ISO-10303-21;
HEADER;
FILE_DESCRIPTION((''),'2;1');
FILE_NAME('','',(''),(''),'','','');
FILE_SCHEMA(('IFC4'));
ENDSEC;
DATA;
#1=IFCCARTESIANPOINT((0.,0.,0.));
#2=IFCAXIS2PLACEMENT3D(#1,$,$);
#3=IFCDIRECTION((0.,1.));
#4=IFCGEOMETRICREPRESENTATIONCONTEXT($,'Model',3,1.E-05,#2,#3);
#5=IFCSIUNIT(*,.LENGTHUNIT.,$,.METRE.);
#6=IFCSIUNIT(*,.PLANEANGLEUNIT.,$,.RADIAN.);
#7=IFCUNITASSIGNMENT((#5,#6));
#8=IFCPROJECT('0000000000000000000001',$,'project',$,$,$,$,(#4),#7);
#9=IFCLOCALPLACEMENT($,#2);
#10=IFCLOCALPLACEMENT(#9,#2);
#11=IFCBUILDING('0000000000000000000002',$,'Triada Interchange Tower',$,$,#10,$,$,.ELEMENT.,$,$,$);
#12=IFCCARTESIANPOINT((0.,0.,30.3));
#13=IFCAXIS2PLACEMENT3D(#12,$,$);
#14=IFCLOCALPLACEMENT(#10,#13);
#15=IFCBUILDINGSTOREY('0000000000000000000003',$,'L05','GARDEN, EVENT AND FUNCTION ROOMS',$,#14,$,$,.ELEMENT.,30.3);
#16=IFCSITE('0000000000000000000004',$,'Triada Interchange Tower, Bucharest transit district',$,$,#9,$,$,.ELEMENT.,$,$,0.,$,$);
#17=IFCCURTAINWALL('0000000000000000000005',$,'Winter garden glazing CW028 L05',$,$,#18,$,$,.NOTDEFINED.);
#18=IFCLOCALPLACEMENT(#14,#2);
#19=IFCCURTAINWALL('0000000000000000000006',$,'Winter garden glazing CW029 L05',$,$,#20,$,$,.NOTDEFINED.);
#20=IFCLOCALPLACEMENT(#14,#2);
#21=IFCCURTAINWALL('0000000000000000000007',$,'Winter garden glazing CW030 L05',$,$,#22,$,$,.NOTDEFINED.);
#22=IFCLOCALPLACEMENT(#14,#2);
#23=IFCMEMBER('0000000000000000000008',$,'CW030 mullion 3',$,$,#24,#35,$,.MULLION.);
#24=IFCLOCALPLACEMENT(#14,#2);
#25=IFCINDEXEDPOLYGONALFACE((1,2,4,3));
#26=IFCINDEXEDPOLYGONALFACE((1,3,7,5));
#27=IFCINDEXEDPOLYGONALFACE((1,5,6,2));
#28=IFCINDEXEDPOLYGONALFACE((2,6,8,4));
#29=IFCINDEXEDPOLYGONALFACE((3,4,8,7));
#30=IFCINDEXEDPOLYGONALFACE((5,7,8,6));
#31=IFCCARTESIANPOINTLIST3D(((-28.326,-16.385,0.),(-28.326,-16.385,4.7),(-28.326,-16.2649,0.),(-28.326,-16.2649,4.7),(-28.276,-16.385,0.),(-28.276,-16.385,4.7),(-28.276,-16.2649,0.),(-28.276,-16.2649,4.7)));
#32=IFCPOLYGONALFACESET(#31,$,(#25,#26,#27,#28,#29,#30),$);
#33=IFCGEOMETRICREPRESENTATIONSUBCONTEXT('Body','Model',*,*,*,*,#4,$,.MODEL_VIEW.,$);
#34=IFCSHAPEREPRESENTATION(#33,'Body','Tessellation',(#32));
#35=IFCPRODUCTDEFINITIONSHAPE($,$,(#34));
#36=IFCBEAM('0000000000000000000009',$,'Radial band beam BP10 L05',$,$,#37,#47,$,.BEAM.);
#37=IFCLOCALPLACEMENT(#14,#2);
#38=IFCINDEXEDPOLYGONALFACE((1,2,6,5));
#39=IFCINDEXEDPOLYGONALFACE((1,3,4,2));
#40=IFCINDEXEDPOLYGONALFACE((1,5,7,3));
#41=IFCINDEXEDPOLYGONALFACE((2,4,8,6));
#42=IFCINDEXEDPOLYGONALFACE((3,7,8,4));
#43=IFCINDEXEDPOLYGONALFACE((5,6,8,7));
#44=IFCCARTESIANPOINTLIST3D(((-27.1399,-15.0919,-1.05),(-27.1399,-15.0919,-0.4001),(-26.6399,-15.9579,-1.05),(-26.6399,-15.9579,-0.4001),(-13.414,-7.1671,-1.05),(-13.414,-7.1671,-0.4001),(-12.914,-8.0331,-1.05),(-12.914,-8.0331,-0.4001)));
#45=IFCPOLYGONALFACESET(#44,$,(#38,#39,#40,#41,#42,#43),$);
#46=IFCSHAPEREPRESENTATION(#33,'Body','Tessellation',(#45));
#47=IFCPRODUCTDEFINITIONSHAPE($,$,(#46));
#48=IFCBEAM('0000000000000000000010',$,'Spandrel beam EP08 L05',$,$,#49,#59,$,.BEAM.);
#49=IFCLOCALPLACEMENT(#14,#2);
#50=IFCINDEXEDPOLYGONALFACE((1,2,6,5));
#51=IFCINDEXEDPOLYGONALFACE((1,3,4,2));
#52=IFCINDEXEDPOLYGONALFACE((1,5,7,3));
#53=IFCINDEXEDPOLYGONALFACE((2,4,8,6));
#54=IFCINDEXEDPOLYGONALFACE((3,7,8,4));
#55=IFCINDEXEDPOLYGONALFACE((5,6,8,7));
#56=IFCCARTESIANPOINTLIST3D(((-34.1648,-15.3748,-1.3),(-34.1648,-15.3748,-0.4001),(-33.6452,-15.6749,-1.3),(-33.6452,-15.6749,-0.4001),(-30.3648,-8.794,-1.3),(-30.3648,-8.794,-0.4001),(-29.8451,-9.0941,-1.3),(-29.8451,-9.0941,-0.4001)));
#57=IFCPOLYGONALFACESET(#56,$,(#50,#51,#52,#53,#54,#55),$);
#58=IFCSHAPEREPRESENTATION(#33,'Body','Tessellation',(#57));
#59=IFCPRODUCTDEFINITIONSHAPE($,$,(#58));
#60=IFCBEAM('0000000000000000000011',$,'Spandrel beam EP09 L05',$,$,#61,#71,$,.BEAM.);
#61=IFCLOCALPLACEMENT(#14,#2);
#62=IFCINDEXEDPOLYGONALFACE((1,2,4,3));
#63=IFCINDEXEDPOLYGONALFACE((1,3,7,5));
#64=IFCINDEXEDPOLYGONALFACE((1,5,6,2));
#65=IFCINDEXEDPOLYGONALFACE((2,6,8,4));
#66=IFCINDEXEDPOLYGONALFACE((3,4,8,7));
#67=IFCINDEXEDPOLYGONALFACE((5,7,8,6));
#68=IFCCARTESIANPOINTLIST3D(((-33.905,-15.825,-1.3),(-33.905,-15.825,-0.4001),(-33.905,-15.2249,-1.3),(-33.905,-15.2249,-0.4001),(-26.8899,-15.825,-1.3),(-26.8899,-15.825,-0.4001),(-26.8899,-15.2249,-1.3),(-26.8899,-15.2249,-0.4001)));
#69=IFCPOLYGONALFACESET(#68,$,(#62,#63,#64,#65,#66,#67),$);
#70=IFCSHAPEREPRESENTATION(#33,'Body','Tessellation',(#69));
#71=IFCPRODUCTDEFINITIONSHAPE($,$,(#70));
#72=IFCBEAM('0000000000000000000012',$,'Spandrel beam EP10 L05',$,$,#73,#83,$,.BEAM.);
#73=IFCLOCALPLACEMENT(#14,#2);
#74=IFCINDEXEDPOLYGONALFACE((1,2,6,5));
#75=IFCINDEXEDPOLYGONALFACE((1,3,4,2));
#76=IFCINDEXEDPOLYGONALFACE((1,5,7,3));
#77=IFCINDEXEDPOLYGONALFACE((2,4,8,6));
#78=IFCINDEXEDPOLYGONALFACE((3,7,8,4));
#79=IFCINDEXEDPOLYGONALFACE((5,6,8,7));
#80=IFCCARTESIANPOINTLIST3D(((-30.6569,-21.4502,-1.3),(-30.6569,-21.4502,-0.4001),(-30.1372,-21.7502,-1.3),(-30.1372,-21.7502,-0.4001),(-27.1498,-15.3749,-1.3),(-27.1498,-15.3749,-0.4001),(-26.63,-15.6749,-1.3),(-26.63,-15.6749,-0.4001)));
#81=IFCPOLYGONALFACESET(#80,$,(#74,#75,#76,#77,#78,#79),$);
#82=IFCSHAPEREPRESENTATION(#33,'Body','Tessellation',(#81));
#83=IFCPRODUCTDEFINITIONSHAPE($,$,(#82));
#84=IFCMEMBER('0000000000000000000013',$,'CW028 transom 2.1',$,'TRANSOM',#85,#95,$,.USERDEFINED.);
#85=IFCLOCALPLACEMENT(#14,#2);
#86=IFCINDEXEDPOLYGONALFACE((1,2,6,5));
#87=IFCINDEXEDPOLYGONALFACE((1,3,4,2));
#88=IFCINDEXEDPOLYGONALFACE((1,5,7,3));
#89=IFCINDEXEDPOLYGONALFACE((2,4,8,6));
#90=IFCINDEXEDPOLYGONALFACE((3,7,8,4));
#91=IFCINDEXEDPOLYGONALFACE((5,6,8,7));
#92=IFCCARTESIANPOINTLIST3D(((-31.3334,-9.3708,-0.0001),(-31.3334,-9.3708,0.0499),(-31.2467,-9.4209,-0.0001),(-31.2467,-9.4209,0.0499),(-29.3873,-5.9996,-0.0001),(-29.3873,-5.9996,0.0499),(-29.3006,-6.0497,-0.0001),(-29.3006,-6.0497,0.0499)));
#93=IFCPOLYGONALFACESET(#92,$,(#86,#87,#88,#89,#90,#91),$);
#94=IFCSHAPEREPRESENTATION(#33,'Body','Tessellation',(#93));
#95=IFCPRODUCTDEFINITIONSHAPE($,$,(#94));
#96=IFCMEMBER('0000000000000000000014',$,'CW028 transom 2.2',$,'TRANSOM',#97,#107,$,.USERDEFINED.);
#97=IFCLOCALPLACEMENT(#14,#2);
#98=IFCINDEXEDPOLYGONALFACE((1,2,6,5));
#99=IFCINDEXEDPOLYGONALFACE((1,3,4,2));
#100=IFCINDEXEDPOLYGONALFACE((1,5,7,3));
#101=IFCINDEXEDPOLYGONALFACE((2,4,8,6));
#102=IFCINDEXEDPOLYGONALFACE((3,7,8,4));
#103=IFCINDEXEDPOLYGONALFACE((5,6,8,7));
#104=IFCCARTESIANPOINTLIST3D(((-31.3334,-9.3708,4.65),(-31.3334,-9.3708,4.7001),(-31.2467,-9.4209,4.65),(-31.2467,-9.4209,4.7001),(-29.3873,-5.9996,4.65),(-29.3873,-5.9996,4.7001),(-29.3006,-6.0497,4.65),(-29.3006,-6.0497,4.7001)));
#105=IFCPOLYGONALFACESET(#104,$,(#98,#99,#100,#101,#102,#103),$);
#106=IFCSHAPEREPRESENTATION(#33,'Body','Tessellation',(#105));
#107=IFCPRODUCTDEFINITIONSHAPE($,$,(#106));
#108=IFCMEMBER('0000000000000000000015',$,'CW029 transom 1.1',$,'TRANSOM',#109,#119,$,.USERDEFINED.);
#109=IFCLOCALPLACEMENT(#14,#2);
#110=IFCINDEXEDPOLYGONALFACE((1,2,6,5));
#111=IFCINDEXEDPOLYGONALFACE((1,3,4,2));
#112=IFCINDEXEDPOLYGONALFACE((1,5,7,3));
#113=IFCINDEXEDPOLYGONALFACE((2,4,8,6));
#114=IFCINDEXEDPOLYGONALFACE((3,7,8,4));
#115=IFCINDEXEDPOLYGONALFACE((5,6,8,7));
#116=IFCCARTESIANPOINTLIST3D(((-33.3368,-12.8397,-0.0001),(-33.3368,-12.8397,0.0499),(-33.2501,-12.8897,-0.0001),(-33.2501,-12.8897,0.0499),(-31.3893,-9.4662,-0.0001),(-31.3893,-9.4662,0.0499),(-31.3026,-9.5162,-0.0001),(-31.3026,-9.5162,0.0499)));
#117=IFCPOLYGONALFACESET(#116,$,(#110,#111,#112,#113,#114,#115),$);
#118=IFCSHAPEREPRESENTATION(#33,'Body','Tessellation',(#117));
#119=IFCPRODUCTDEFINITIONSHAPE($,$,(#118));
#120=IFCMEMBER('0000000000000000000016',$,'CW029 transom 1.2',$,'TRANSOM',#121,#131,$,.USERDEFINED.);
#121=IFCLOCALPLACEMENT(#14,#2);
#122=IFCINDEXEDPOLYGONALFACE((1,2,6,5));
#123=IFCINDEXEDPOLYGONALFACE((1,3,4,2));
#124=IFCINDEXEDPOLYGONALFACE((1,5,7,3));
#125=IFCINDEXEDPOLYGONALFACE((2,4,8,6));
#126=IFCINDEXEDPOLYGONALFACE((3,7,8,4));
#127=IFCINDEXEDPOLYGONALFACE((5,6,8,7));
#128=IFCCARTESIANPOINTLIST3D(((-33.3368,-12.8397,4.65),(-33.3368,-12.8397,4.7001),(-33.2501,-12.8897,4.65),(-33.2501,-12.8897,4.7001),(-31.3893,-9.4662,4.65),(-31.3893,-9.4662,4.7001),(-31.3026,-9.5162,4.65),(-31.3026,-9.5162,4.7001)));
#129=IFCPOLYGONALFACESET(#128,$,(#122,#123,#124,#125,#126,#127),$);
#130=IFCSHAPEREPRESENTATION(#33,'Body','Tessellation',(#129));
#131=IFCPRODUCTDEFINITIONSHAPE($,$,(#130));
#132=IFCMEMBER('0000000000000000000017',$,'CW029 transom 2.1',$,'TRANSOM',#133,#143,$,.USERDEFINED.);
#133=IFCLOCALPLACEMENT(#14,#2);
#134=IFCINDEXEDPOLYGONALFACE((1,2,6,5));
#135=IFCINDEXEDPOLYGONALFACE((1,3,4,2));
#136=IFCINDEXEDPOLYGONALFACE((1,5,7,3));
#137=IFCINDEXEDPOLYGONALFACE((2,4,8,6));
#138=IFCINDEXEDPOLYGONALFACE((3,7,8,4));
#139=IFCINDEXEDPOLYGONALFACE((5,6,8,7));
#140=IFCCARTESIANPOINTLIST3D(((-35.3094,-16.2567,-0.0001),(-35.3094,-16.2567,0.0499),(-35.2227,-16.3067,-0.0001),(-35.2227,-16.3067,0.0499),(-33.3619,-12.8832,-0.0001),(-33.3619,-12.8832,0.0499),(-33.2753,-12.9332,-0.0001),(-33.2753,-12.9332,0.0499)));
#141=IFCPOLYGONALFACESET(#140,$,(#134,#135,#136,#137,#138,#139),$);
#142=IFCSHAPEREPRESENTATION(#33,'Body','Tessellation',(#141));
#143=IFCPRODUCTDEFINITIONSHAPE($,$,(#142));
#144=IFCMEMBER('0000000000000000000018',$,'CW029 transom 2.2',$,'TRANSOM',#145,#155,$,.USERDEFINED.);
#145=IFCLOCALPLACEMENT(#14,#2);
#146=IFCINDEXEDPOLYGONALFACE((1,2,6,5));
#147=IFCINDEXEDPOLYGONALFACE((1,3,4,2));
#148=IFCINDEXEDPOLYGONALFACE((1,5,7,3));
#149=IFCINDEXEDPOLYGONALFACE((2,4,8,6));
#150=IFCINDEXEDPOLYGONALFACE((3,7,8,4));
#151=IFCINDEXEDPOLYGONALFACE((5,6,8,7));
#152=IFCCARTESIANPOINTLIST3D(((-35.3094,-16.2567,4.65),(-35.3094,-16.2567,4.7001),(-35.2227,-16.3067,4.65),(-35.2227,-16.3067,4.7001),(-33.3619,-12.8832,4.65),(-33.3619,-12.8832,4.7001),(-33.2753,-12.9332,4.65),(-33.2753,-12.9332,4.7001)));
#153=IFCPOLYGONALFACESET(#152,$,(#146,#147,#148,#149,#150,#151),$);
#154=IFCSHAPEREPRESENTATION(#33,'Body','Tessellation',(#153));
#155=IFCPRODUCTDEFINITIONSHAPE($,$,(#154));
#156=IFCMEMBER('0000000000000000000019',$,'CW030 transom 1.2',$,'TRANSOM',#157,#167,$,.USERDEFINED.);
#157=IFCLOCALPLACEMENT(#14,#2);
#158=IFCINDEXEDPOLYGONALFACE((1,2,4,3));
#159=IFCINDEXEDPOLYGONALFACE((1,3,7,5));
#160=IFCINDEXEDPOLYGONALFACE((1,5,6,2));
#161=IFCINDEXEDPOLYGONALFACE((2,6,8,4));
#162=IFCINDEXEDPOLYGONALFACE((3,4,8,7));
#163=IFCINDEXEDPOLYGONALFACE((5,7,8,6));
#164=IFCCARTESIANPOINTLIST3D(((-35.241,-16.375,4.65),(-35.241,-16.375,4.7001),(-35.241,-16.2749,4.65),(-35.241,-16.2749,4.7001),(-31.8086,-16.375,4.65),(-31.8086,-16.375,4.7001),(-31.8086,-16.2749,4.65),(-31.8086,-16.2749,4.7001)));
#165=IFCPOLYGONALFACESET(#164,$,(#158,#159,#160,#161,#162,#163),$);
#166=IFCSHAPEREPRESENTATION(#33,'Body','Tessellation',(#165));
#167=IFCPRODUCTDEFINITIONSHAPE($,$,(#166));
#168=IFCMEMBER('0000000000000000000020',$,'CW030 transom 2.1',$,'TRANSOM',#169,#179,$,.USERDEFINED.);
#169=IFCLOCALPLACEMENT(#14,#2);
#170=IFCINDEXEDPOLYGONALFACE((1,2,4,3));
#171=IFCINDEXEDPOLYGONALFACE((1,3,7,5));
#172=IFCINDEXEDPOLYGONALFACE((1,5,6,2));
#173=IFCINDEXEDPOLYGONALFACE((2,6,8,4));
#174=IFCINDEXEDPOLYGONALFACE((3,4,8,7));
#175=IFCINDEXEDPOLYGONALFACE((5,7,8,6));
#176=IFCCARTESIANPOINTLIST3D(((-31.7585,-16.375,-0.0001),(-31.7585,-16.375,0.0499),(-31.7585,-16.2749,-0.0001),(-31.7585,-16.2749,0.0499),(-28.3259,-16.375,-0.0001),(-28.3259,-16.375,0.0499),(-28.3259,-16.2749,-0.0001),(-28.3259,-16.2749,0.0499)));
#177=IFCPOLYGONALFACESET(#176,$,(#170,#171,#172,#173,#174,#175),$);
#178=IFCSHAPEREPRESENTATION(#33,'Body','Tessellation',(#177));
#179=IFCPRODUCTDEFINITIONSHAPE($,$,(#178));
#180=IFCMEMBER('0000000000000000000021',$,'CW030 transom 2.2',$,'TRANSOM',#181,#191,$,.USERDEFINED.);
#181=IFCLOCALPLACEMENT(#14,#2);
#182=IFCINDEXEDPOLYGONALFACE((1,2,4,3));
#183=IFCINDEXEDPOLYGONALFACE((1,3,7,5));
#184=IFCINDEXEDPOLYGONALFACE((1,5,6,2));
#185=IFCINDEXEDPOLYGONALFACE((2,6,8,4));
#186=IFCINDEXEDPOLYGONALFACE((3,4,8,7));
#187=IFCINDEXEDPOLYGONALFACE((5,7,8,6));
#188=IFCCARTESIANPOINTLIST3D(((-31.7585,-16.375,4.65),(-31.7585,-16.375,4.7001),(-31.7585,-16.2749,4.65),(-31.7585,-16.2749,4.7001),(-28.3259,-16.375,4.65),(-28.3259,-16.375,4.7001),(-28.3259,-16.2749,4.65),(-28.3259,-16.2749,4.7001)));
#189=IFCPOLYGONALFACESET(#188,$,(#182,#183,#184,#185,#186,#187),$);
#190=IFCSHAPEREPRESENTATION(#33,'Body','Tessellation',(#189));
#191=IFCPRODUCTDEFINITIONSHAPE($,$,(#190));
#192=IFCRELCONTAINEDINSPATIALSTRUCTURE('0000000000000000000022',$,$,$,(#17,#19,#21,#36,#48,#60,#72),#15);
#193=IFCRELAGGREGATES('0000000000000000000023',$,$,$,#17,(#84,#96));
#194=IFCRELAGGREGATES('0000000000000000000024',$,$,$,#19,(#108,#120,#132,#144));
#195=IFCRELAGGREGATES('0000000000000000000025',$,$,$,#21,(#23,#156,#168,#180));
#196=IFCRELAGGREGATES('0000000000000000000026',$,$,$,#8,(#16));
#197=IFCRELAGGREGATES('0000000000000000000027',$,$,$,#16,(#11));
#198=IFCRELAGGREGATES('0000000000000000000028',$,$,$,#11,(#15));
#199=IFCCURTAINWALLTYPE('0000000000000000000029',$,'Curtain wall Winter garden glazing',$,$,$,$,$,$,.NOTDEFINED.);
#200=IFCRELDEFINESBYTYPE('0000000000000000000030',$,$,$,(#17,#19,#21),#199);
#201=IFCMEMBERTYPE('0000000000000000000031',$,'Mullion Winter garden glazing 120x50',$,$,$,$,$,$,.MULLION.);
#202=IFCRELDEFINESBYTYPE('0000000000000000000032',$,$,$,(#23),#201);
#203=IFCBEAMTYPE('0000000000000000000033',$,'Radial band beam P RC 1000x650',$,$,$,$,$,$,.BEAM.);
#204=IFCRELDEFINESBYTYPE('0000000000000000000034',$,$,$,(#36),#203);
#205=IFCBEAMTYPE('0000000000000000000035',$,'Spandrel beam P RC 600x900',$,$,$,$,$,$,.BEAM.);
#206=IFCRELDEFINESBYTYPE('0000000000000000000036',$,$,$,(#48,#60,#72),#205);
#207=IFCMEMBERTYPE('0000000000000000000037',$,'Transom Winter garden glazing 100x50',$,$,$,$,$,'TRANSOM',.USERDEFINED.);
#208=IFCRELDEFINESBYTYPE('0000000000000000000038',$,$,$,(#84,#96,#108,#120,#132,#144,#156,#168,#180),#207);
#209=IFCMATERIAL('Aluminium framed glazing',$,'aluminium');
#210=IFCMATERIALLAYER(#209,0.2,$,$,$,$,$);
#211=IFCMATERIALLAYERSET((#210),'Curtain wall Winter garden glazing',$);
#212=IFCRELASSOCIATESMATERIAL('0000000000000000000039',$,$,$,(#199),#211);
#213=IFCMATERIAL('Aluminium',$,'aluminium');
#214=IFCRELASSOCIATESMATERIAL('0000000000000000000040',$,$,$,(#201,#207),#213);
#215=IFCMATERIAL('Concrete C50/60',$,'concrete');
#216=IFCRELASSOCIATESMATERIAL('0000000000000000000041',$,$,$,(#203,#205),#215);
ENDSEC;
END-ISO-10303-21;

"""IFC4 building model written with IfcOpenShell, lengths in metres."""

from ifc_helpers import new_model, si_unit, direction, frame, origin, origin_2d, place, context, subcontext, project, spatial, rectangle, extrude, material, layer, layer_set, material_profile, profile_set, type_object, element, aggregate, save


model = new_model("IFC4")

# Units and contexts
model_context = context("Model", 3, precision=1e-05, world=origin(), true_north=direction((0.0, 1.0)))
body_context = subcontext(model_context, "Body", "Model", "MODEL_VIEW")
ifc_project = project(units=[si_unit("LENGTHUNIT", "METRE"), si_unit("PLANEANGLEUNIT", "RADIAN")], contexts=[model_context])

# Site, building, storey
site_placement = place(None, origin())
site = spatial("IfcSite", under=ifc_project, at=site_placement, Name="Triada Interchange Tower, Bucharest transit district", CompositionType="ELEMENT", RefElevation=0.0)
building_placement = place(site_placement, origin())
building = spatial("IfcBuilding", under=site, at=building_placement, Name="Triada Interchange Tower", CompositionType="ELEMENT")
storey_placement = place(building_placement, frame((0.0, 0.0, 30.3)))
storey = spatial("IfcBuildingStorey", under=building, at=storey_placement, Name="L05", Description="GARDEN, EVENT AND FUNCTION ROOMS", CompositionType="ELEMENT", Elevation=30.3)

# Curtain walls, member
ifc_material_1 = material(Name="Aluminium framed glazing", Category="aluminium")
ifc_layer_1 = layer(ifc_material_1, 0.2)
ifc_layer_set_1 = layer_set([ifc_layer_1], Name="Curtain wall Winter garden glazing")
curtain_wall_type = type_object("IfcCurtainWallType", Name="Curtain wall Winter garden glazing", PredefinedType="NOTDEFINED", material=ifc_layer_set_1)
curtain_wall_1_placement = place(storey_placement, origin())
curtain_wall_1 = element("IfcCurtainWall", 1, at=curtain_wall_1_placement, inside=storey, type_object=curtain_wall_type, Name="Winter garden glazing CW028 L05", PredefinedType="NOTDEFINED")
ifc_material_2 = material(Name="Aluminium", Category="aluminium")
ifc_material_profile_1 = material_profile(ifc_material_2, rectangle(XDim=0.1201, YDim=0.05, at=origin_2d()), Name="Aluminium mullion")
ifc_profile_set_1 = profile_set([ifc_material_profile_1], Name="Aluminium")
member_type_1 = type_object("IfcMemberType", Name="Mullion Winter garden glazing 120x50", PredefinedType="MULLION", material=ifc_profile_set_1)
curtain_wall_2_placement = place(storey_placement, origin())
curtain_wall_2 = element("IfcCurtainWall", 2, at=curtain_wall_2_placement, inside=storey, type_object=curtain_wall_type, Name="Winter garden glazing CW029 L05", PredefinedType="NOTDEFINED")
curtain_wall_3_placement = place(storey_placement, origin())
curtain_wall_3 = element("IfcCurtainWall", 3, at=curtain_wall_3_placement, inside=storey, type_object=curtain_wall_type, Name="Winter garden glazing CW030 L05", PredefinedType="NOTDEFINED")
member_1_placement = place(storey_placement, frame((-28.301, -16.325, 0.0), z_axis=(0.0, 0.0, 1.0), x_axis=(0.0, 1.0, 0.0)))
member_1 = element("IfcMember", 4, at=member_1_placement, type_object=member_type_1, Name="CW030 mullion 3", PredefinedType="MULLION", context=body_context, shape_type="SweptSolid", body=[
    extrude(rectangle(XDim=0.1201, YDim=0.05, at=origin_2d()), origin(), (0.0, 0.0, 1.0), 4.7),
])

# Beams
ifc_material_3 = material(Name="Concrete C50/60", Category="concrete")
ifc_material_profile_2 = material_profile(ifc_material_3, rectangle(XDim=1.0, YDim=0.6499, at=origin_2d()), Name="RC 1000x650")
ifc_profile_set_2 = profile_set([ifc_material_profile_2], Name="Concrete C50/60")
beam_type_1 = type_object("IfcBeamType", Name="Radial band beam P RC 1000x650", PredefinedType="BEAM", material=ifc_profile_set_2)
beam_1_placement = place(storey_placement, frame((-26.8899, -15.5249, -0.7251), z_axis=(0.86602, 0.500009, 0.0), x_axis=(-0.500009, 0.86602, 0.0)))
element("IfcBeam", 5, at=beam_1_placement, inside=storey, type_object=beam_type_1, Name="Radial band beam BP10 L05", PredefinedType="BEAM", context=body_context, shape_type="SweptSolid", body=[
    extrude(rectangle(XDim=1.0, YDim=0.6499, at=origin_2d()), origin(), (0.0, 0.0, 1.0), 15.8494),
])
ifc_material_profile_3 = material_profile(ifc_material_3, rectangle(XDim=0.6001, YDim=0.8999, at=origin_2d()), Name="RC 600x900")
ifc_profile_set_3 = profile_set([ifc_material_profile_3], Name="Concrete C50/60")
beam_type_2 = type_object("IfcBeamType", Name="Spandrel beam P RC 600x900", PredefinedType="BEAM", material=ifc_profile_set_3)
beam_2_placement = place(storey_placement, frame((-30.105, -8.9441, -0.8501), z_axis=(-0.500061, -0.86599, 0.0), x_axis=(0.86599, -0.500061, 0.0)))
element("IfcBeam", 6, at=beam_2_placement, inside=storey, type_object=beam_type_2, Name="Spandrel beam EP08 L05", PredefinedType="BEAM", context=body_context, shape_type="SweptSolid", body=[
    extrude(rectangle(XDim=0.6001, YDim=0.8999, at=origin_2d()), origin(), (0.0, 0.0, 1.0), 7.5991),
])
beam_3_placement = place(storey_placement, frame((-33.905, -15.5249, -0.8501), z_axis=(1.0, 0.0, 0.0), x_axis=(0.0, 1.0, 0.0)))
element("IfcBeam", 7, at=beam_3_placement, inside=storey, type_object=beam_type_2, Name="Spandrel beam EP09 L05", PredefinedType="BEAM", context=body_context, shape_type="SweptSolid", body=[
    extrude(rectangle(XDim=0.6001, YDim=0.8999, at=origin_2d()), origin(), (0.0, 0.0, 1.0), 7.0151),
])
beam_4_placement = place(storey_placement, frame((-26.8899, -15.5249, -0.8501), z_axis=(-0.499953, -0.866052, 0.0), x_axis=(0.866052, -0.499953, 0.0)))
element("IfcBeam", 8, at=beam_4_placement, inside=storey, type_object=beam_type_2, Name="Spandrel beam EP10 L05", PredefinedType="BEAM", context=body_context, shape_type="SweptSolid", body=[
    extrude(rectangle(XDim=0.6001, YDim=0.8999, at=origin_2d()), origin(), (0.0, 0.0, 1.0), 7.0149),
])

# Members
ifc_material_profile_4 = material_profile(ifc_material_2, rectangle(XDim=0.1001, YDim=0.05, at=origin_2d()), Name="Aluminium transom")
ifc_profile_set_4 = profile_set([ifc_material_profile_4], Name="Aluminium")
member_type_2 = type_object("IfcMemberType", Name="Transom Winter garden glazing 100x50", ElementType="TRANSOM", PredefinedType="USERDEFINED", material=ifc_profile_set_4)
member_2_placement = place(storey_placement, frame((-29.344, -6.0247, 0.0249), z_axis=(-0.49995, -0.866054, 0.0), x_axis=(0.866054, -0.49995, 0.0)))
member_2 = element("IfcMember", 9, at=member_2_placement, type_object=member_type_2, Name="CW028 transom 2.1", ObjectType="TRANSOM", PredefinedType="USERDEFINED", context=body_context, shape_type="SweptSolid", body=[
    extrude(rectangle(XDim=0.1001, YDim=0.05, at=origin_2d()), origin(), (0.0, 0.0, 1.0), 3.8926),
])
member_3_placement = place(storey_placement, frame((-29.344, -6.0247, 4.675), z_axis=(-0.49995, -0.866054, 0.0), x_axis=(0.866054, -0.49995, 0.0)))
member_3 = element("IfcMember", 10, at=member_3_placement, type_object=member_type_2, Name="CW028 transom 2.2", ObjectType="TRANSOM", PredefinedType="USERDEFINED", context=body_context, shape_type="SweptSolid", body=[
    extrude(rectangle(XDim=0.1001, YDim=0.05, at=origin_2d()), origin(), (0.0, 0.0, 1.0), 3.8926),
])
member_4_placement = place(storey_placement, frame((-31.3459, -9.4912, 0.0249), z_axis=(-0.499961, -0.866048, 0.0), x_axis=(0.866048, -0.499961, 0.0)))
member_4 = element("IfcMember", 11, at=member_4_placement, type_object=member_type_2, Name="CW029 transom 1.1", ObjectType="TRANSOM", PredefinedType="USERDEFINED", context=body_context, shape_type="SweptSolid", body=[
    extrude(rectangle(XDim=0.1001, YDim=0.05, at=origin_2d()), origin(), (0.0, 0.0, 1.0), 3.8953),
])
member_5_placement = place(storey_placement, frame((-31.3459, -9.4912, 4.675), z_axis=(-0.499961, -0.866048, 0.0), x_axis=(0.866048, -0.499961, 0.0)))
member_5 = element("IfcMember", 12, at=member_5_placement, type_object=member_type_2, Name="CW029 transom 1.2", ObjectType="TRANSOM", PredefinedType="USERDEFINED", context=body_context, shape_type="SweptSolid", body=[
    extrude(rectangle(XDim=0.1001, YDim=0.05, at=origin_2d()), origin(), (0.0, 0.0, 1.0), 3.8953),
])
member_6_placement = place(storey_placement, frame((-33.3186, -12.9082, 0.0249), z_axis=(-0.499961, -0.866048, 0.0), x_axis=(0.866048, -0.499961, 0.0)))
member_6 = element("IfcMember", 13, at=member_6_placement, type_object=member_type_2, Name="CW029 transom 2.1", ObjectType="TRANSOM", PredefinedType="USERDEFINED", context=body_context, shape_type="SweptSolid", body=[
    extrude(rectangle(XDim=0.1001, YDim=0.05, at=origin_2d()), origin(), (0.0, 0.0, 1.0), 3.8953),
])
member_7_placement = place(storey_placement, frame((-33.3186, -12.9082, 4.675), z_axis=(-0.499961, -0.866048, 0.0), x_axis=(0.866048, -0.499961, 0.0)))
member_7 = element("IfcMember", 14, at=member_7_placement, type_object=member_type_2, Name="CW029 transom 2.2", ObjectType="TRANSOM", PredefinedType="USERDEFINED", context=body_context, shape_type="SweptSolid", body=[
    extrude(rectangle(XDim=0.1001, YDim=0.05, at=origin_2d()), origin(), (0.0, 0.0, 1.0), 3.8953),
])
member_8_placement = place(storey_placement, frame((-35.241, -16.325, 4.675), z_axis=(1.0, 0.0, 0.0), x_axis=(0.0, 1.0, 0.0)))
member_8 = element("IfcMember", 15, at=member_8_placement, type_object=member_type_2, Name="CW030 transom 1.2", ObjectType="TRANSOM", PredefinedType="USERDEFINED", context=body_context, shape_type="SweptSolid", body=[
    extrude(rectangle(XDim=0.1001, YDim=0.05, at=origin_2d()), origin(), (0.0, 0.0, 1.0), 3.4324),
])
member_9_placement = place(storey_placement, frame((-31.7585, -16.325, 0.0249), z_axis=(1.0, 0.0, 0.0), x_axis=(0.0, 1.0, 0.0)))
member_9 = element("IfcMember", 16, at=member_9_placement, type_object=member_type_2, Name="CW030 transom 2.1", ObjectType="TRANSOM", PredefinedType="USERDEFINED", context=body_context, shape_type="SweptSolid", body=[
    extrude(rectangle(XDim=0.1001, YDim=0.05, at=origin_2d()), origin(), (0.0, 0.0, 1.0), 3.4326),
])
member_10_placement = place(storey_placement, frame((-31.7585, -16.325, 4.675), z_axis=(1.0, 0.0, 0.0), x_axis=(0.0, 1.0, 0.0)))
member_10 = element("IfcMember", 17, at=member_10_placement, type_object=member_type_2, Name="CW030 transom 2.2", ObjectType="TRANSOM", PredefinedType="USERDEFINED", context=body_context, shape_type="SweptSolid", body=[
    extrude(rectangle(XDim=0.1001, YDim=0.05, at=origin_2d()), origin(), (0.0, 0.0, 1.0), 3.4326),
])

aggregate(curtain_wall_1, [member_2, member_3])
aggregate(curtain_wall_2, [member_4, member_5, member_6, member_7])
aggregate(curtain_wall_3, [member_1, member_8, member_9, member_10])

save(model, "model.ifc")
